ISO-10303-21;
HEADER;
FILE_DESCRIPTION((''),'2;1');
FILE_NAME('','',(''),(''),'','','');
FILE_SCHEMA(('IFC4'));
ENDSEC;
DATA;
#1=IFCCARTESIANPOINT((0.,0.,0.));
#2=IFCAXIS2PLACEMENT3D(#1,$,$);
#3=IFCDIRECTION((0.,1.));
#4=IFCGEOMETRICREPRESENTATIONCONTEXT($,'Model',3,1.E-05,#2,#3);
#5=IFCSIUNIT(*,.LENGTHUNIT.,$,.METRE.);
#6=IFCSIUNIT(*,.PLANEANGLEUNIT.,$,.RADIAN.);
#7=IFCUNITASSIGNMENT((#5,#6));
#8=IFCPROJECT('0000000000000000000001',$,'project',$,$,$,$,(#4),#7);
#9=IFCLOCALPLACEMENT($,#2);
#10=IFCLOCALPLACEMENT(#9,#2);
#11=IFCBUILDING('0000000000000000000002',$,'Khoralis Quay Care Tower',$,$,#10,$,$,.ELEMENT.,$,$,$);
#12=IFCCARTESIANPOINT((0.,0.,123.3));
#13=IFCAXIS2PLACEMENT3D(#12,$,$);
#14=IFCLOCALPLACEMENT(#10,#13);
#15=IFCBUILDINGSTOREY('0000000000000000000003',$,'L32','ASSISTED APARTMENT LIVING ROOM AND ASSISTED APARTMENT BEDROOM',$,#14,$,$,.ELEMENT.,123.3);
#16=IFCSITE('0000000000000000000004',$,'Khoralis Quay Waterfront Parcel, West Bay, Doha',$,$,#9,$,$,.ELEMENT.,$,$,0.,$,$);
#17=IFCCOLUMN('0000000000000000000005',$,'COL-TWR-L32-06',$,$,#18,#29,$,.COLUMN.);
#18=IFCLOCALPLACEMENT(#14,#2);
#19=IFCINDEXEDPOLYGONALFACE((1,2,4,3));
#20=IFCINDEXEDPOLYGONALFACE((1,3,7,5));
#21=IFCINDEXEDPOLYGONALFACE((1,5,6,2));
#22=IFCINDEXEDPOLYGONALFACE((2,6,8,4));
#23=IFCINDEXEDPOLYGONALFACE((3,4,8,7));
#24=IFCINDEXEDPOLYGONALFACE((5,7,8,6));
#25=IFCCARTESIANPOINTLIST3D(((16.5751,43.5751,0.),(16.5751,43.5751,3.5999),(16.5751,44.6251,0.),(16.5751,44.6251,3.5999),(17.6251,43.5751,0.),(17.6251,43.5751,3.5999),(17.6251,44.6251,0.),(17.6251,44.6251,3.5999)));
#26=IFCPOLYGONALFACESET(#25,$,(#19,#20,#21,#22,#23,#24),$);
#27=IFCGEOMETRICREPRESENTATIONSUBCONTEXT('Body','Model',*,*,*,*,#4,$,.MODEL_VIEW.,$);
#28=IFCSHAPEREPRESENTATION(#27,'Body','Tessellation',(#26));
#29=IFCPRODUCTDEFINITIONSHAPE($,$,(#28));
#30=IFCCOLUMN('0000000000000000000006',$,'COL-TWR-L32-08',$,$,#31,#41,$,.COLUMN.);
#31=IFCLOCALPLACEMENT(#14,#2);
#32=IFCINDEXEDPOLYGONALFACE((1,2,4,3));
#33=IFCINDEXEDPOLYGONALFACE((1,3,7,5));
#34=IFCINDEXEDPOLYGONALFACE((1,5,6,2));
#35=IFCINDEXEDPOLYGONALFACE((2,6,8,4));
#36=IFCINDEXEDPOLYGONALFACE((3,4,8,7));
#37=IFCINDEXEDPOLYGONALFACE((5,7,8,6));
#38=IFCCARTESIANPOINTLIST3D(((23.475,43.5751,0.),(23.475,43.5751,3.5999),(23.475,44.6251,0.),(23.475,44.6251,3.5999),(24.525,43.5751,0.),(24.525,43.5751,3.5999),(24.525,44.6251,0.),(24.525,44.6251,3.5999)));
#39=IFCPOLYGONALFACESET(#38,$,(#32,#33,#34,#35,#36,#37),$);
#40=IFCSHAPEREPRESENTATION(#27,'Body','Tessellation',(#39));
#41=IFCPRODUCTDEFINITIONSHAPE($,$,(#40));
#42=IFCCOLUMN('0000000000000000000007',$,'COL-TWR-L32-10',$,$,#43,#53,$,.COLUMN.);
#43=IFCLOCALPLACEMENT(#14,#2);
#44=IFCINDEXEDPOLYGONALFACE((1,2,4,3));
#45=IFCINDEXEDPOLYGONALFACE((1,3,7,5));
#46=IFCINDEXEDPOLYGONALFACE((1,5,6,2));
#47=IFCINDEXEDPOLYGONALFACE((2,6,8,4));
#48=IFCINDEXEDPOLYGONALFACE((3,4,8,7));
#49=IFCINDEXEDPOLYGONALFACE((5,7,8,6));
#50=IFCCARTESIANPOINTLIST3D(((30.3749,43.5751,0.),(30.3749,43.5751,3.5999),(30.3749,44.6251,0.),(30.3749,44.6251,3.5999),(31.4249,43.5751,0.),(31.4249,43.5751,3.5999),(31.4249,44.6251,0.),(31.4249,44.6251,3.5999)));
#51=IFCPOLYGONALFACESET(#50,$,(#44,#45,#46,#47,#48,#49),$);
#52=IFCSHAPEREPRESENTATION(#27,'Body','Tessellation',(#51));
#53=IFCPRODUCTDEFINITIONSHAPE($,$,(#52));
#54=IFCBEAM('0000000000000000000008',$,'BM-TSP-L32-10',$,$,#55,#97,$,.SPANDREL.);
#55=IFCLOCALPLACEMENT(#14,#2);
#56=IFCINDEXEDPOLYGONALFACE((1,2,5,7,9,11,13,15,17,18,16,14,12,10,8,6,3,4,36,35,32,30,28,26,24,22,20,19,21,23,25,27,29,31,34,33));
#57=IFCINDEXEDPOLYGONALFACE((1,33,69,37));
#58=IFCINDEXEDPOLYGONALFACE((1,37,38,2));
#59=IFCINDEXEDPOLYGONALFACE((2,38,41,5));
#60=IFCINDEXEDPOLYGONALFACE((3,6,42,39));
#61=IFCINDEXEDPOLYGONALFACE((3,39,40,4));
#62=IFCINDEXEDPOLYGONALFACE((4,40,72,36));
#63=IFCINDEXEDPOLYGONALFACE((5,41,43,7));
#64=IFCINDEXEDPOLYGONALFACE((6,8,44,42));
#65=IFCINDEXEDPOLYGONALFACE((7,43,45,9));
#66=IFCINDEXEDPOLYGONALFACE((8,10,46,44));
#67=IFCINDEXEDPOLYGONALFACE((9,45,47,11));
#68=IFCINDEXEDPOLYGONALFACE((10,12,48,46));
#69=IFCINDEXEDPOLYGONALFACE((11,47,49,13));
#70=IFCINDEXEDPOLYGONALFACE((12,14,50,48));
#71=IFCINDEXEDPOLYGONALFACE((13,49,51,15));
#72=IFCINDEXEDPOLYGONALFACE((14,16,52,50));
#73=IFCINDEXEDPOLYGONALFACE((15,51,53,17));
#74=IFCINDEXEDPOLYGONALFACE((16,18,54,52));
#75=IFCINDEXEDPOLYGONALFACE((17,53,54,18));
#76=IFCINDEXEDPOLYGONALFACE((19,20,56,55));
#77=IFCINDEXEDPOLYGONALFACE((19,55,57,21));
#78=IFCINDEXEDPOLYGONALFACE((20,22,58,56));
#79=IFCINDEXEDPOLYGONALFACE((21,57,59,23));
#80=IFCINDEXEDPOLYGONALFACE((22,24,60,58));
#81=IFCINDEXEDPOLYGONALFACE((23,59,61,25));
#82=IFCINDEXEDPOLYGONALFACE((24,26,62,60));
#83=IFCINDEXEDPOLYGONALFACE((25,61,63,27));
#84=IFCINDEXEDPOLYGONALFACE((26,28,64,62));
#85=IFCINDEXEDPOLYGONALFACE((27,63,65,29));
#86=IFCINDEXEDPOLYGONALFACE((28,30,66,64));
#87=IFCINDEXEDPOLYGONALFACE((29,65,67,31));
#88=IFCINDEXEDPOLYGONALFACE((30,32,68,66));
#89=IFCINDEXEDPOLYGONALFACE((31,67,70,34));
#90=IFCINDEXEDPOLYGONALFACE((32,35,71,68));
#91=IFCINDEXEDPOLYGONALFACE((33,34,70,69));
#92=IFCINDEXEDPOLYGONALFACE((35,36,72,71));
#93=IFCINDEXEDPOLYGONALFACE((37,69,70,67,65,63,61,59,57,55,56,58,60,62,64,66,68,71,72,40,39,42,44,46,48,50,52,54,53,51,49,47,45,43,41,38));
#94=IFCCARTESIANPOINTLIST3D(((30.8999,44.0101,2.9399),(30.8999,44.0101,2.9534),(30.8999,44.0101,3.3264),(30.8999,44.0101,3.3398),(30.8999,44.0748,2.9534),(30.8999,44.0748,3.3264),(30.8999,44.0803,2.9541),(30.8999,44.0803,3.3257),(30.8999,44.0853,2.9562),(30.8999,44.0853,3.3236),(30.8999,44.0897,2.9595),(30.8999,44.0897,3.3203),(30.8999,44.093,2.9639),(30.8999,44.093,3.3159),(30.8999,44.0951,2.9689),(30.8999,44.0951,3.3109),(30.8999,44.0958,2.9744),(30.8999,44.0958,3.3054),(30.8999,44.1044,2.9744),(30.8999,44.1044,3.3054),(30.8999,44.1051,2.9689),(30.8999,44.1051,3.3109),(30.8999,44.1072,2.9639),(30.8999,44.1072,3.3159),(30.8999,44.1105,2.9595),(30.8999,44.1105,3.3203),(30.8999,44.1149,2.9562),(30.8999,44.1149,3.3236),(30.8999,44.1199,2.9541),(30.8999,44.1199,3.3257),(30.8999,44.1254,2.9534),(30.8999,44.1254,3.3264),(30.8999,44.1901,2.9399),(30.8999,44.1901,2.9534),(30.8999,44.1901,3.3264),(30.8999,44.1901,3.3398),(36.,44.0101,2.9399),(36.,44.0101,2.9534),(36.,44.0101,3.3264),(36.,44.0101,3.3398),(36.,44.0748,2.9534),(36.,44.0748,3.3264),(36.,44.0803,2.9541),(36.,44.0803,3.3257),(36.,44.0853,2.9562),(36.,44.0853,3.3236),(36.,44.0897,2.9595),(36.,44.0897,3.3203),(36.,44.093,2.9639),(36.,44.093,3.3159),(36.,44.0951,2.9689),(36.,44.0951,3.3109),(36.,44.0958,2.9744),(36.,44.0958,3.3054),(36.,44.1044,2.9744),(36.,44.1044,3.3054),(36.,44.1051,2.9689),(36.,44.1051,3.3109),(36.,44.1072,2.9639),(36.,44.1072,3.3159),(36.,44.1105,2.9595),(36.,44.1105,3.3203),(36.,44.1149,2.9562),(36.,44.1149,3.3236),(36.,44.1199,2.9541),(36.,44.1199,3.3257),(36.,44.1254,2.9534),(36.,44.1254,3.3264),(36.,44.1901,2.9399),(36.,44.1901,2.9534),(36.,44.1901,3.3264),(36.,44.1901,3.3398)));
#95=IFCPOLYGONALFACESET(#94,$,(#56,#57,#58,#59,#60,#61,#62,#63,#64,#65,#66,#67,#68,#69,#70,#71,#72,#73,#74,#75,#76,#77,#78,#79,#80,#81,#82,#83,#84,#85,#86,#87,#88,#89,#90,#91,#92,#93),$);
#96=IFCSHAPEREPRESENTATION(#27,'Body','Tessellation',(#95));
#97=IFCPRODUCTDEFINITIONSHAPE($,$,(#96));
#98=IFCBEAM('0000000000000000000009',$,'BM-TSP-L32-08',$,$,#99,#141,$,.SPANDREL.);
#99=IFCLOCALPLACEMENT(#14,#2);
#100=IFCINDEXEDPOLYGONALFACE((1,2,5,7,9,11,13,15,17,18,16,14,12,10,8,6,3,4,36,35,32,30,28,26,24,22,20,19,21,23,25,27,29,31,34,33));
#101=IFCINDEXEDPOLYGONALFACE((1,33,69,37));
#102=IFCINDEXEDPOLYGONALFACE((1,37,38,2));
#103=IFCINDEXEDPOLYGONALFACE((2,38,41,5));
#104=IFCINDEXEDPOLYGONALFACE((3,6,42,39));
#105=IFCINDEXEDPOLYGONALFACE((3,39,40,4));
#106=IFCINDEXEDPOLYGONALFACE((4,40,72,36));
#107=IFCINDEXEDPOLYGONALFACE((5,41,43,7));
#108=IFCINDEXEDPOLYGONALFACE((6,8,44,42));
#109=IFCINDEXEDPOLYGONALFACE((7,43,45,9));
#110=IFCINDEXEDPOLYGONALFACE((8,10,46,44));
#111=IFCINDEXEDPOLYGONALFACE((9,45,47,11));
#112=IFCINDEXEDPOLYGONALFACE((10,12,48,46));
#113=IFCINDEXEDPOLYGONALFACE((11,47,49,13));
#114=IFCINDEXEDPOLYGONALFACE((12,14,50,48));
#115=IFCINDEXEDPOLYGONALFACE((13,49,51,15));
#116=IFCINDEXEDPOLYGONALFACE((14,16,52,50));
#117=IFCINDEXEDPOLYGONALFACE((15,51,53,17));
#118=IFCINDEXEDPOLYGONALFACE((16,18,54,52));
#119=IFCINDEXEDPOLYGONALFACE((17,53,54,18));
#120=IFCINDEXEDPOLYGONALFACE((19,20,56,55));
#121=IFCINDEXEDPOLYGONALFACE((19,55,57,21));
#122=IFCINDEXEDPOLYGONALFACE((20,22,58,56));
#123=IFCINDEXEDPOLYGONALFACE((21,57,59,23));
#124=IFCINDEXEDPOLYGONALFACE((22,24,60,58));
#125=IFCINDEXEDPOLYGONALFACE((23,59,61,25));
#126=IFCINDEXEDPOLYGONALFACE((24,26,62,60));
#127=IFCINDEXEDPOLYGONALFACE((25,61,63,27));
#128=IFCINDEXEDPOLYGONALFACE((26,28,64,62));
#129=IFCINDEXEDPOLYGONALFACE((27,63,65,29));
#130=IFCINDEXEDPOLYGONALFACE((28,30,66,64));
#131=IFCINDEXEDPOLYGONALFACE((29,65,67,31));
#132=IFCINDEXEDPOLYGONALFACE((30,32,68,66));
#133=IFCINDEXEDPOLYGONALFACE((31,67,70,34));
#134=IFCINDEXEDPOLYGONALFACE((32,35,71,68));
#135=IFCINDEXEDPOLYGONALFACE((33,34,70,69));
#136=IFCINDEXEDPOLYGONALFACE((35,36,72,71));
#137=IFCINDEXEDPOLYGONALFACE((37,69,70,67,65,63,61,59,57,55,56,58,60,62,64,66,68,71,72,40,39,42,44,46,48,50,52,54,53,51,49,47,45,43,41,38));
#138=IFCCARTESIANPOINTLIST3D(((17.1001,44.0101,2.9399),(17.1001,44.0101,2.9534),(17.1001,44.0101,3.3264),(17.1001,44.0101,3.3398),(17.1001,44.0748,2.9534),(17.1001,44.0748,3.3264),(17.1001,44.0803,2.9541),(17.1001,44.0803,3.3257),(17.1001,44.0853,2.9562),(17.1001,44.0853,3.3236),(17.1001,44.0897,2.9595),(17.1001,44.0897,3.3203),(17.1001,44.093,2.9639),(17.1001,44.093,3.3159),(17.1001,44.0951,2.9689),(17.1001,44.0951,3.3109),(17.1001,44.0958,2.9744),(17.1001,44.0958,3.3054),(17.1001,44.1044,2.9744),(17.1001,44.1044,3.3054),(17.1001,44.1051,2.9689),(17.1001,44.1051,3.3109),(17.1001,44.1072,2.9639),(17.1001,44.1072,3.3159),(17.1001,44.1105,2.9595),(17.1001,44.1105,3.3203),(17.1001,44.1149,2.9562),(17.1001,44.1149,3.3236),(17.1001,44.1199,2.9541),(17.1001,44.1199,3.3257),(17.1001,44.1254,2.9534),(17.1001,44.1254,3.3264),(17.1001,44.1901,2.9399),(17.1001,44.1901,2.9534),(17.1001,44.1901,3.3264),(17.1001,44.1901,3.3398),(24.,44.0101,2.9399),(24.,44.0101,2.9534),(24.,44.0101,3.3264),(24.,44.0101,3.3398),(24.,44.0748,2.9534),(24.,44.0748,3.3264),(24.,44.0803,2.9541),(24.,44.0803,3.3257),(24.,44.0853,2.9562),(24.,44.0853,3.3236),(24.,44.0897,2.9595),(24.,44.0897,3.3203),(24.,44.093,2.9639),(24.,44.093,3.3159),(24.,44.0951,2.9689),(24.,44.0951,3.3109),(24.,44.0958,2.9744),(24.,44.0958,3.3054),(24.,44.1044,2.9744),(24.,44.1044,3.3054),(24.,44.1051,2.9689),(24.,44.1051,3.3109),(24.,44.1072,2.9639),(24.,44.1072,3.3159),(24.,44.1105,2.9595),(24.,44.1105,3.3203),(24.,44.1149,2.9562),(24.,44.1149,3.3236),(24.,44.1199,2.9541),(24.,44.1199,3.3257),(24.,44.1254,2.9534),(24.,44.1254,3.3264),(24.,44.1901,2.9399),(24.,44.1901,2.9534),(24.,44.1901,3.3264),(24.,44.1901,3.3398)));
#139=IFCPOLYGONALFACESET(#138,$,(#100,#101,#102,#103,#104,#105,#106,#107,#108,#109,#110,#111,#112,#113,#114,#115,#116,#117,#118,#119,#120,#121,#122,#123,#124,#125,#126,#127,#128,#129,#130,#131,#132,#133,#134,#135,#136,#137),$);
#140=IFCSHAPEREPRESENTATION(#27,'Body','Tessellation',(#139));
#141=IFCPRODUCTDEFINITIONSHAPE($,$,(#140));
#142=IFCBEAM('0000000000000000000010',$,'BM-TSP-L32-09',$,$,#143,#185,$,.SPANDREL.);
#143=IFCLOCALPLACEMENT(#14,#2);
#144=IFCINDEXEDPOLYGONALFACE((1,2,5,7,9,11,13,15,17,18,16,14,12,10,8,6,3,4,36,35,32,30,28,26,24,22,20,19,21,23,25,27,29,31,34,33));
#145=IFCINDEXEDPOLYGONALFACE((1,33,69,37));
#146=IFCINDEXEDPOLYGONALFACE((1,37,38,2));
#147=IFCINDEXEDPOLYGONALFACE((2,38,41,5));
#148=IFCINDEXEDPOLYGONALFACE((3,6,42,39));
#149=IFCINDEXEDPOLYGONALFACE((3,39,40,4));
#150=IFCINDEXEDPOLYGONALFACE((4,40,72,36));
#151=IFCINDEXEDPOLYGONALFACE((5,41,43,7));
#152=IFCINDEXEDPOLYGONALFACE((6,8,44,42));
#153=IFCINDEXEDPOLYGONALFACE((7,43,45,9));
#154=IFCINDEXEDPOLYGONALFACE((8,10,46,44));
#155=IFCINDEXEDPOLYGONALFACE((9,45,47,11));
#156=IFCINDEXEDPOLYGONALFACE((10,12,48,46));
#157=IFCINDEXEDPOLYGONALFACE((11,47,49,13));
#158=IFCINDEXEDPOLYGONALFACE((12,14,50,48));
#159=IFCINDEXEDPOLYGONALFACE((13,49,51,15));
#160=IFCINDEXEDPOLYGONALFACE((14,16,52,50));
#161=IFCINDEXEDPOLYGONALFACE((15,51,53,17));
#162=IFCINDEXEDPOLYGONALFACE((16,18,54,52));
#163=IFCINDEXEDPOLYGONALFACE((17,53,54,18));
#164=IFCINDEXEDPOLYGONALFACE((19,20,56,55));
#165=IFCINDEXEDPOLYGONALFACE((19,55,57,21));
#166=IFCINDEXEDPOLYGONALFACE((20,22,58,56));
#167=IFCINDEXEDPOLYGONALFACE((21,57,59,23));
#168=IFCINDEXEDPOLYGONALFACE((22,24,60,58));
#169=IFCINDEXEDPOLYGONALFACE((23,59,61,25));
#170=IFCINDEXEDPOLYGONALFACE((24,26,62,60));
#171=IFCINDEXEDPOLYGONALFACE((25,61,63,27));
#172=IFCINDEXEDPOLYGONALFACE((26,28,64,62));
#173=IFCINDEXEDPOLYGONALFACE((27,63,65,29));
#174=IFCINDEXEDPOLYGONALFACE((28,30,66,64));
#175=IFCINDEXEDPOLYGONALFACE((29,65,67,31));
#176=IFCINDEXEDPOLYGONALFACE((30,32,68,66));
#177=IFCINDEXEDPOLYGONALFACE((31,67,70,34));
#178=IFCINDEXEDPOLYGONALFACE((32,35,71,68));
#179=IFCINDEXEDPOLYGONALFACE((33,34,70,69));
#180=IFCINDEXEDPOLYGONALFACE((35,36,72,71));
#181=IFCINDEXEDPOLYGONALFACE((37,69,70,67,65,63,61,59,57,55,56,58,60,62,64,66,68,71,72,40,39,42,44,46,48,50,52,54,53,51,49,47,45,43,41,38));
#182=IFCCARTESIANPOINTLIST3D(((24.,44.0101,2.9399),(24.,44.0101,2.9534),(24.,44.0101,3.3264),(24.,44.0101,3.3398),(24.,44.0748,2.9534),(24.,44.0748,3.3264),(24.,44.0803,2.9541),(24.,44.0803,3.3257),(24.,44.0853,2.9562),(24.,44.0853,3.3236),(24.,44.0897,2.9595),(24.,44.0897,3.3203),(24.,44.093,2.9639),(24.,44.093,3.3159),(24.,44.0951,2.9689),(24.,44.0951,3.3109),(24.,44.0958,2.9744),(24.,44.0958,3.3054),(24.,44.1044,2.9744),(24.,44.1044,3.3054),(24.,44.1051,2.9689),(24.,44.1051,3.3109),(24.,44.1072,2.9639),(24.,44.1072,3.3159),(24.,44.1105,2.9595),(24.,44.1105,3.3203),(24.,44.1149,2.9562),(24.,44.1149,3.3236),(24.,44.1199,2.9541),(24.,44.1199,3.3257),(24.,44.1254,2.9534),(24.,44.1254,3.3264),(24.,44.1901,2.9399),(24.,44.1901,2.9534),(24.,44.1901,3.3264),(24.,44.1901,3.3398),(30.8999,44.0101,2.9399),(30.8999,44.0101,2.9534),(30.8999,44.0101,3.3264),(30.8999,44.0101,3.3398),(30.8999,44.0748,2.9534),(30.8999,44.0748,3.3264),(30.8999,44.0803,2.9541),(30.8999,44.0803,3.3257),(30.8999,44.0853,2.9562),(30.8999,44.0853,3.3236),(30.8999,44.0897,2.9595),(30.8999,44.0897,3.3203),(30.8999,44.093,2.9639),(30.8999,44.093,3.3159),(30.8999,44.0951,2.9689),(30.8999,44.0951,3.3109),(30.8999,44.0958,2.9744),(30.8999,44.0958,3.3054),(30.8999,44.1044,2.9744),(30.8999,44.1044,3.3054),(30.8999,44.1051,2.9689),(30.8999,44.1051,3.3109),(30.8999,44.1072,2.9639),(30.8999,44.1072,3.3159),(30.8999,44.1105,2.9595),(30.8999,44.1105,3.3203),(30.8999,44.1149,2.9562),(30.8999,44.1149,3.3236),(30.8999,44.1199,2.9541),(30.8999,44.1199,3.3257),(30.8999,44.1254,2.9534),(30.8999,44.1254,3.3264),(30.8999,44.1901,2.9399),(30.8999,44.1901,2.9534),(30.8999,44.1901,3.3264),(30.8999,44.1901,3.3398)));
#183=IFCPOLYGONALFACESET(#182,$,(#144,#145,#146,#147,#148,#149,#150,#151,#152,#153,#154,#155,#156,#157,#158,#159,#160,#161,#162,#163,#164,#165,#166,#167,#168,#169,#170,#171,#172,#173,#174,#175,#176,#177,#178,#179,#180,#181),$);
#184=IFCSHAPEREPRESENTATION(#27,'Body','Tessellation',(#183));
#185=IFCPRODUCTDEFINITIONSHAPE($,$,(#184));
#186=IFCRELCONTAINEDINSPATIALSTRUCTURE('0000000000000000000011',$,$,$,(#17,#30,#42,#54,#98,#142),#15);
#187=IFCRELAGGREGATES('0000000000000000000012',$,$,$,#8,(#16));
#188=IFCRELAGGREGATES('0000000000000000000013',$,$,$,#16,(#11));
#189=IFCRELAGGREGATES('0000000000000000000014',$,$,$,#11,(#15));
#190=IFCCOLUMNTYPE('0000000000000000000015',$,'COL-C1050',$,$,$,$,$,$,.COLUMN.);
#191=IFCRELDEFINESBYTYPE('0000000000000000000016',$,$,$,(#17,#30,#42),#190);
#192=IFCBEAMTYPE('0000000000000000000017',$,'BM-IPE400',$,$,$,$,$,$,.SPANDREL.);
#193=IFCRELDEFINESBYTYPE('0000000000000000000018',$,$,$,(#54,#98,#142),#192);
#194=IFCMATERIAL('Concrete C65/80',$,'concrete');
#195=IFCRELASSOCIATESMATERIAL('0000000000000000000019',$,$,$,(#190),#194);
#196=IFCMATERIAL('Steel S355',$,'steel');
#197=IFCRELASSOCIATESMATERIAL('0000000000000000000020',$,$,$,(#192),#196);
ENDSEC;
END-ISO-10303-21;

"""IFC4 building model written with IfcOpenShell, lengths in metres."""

from ifc_helpers import new_model, si_unit, direction, frame, origin, origin_2d, place, context, subcontext, project, spatial, rectangle, i_section, extrude, source, transform, mapped, material, material_profile, profile_set, type_object, element, save


model = new_model("IFC4")

# Units and contexts
model_context = context("Model", 3, precision=1e-05, world=origin(), true_north=direction((0.0, 1.0)))
body_context = subcontext(model_context, "Body", "Model", "MODEL_VIEW")
ifc_project = project(units=[si_unit("LENGTHUNIT", "METRE"), si_unit("PLANEANGLEUNIT", "RADIAN")], contexts=[model_context])

# Site, building, storey
site_placement = place(None, origin())
site = spatial("IfcSite", under=ifc_project, at=site_placement, Name="Khoralis Quay Waterfront Parcel, West Bay, Doha", CompositionType="ELEMENT", RefElevation=0.0)
building_placement = place(site_placement, origin())
building = spatial("IfcBuilding", under=site, at=building_placement, Name="Khoralis Quay Care Tower", CompositionType="ELEMENT")
storey_placement = place(building_placement, frame((0.0, 0.0, 123.3)))
storey = spatial("IfcBuildingStorey", under=building, at=storey_placement, Name="L32", Description="ASSISTED APARTMENT LIVING ROOM AND ASSISTED APARTMENT BEDROOM", CompositionType="ELEMENT", Elevation=123.3)

# Columns
ifc_material_1 = material(Name="Concrete C65/80", Category="concrete")
ifc_material_profile_1 = material_profile(ifc_material_1, rectangle(XDim=1.05, YDim=1.05, at=origin_2d()), Name="Concrete C65/80")
ifc_profile_set_1 = profile_set([ifc_material_profile_1], Name="Concrete C65/80")
column_type = type_object("IfcColumnType", Name="COL-C1050", PredefinedType="COLUMN", material=ifc_profile_set_1)
shared_shape_1 = source(origin(), body_context, "Body", "SweptSolid", [
    extrude(rectangle(XDim=1.05, YDim=1.05, at=origin_2d()), origin(), (0.0, 0.0, 1.0), 3.5999),
])
for number, where, z_axis, x_axis, name in (
    (1, (17.1001, 44.1001, 0.0), (0.0, 0.0, 1.0), (1.0, 0.0, 0.0), "COL-TWR-L32-06"),
    (2, (24.0, 44.1001, 0.0), (0.0, 0.0, 1.0), (1.0, 0.0, 0.0), "COL-TWR-L32-08"),
    (3, (30.8999, 44.1001, 0.0), (0.0, 0.0, 1.0), (1.0, 0.0, 0.0), "COL-TWR-L32-10"),
):
    element("IfcColumn", number, at=place(storey_placement, frame(where, z_axis=z_axis, x_axis=x_axis)), inside=storey, type_object=column_type, Name=name, PredefinedType="COLUMN", context=body_context, shape_type="MappedRepresentation", body=[
        mapped(shared_shape_1, transform((0.0, 0.0, 0.0), scale=1.0)),
    ])

# Beams
ifc_material_2 = material(Name="Steel S355", Category="steel")
ifc_material_profile_2 = material_profile(ifc_material_2, i_section(OverallWidth=0.1799, OverallDepth=0.3999, WebThickness=0.0085, FlangeThickness=0.0134, FilletRadius=0.021, at=origin_2d()), Name="Steel S355")
ifc_profile_set_2 = profile_set([ifc_material_profile_2], Name="Steel S355")
beam_type_1 = type_object("IfcBeamType", Name="BM-IPE400", PredefinedType="SPANDREL", material=ifc_profile_set_2)
shared_shape_2 = source(origin(), body_context, "Body", "SweptSolid", [
    extrude(i_section(OverallWidth=0.1799, OverallDepth=0.3999, WebThickness=0.0085, FlangeThickness=0.0134, FilletRadius=0.021, at=origin_2d()), origin(), (0.0, 0.0, 1.0), 5.1001),
])
beam_1_placement = place(storey_placement, frame((30.8999, 44.1001, 3.1399), z_axis=(1.0, 0.0, 0.0), x_axis=(0.0, 1.0, 0.0)))
element("IfcBeam", 4, at=beam_1_placement, inside=storey, type_object=beam_type_1, Name="BM-TSP-L32-10", PredefinedType="SPANDREL", context=body_context, shape_type="MappedRepresentation", body=[
    mapped(shared_shape_2, transform((0.0, 0.0, 0.0), scale=1.0)),
])
shared_shape_3 = source(origin(), body_context, "Body", "SweptSolid", [
    extrude(i_section(OverallWidth=0.1799, OverallDepth=0.3999, WebThickness=0.0085, FlangeThickness=0.0134, FilletRadius=0.021, at=origin_2d()), origin(), (0.0, 0.0, 1.0), 6.8999),
])
for number, where, z_axis, x_axis, name in (
    (5, (17.1001, 44.1001, 3.1399), (1.0, 0.0, 0.0), (0.0, 1.0, 0.0), "BM-TSP-L32-08"),
    (6, (24.0, 44.1001, 3.1399), (1.0, 0.0, 0.0), (0.0, 1.0, 0.0), "BM-TSP-L32-09"),
):
    element("IfcBeam", number, at=place(storey_placement, frame(where, z_axis=z_axis, x_axis=x_axis)), inside=storey, type_object=beam_type_1, Name=name, PredefinedType="SPANDREL", context=body_context, shape_type="MappedRepresentation", body=[
        mapped(shared_shape_3, transform((0.0, 0.0, 0.0), scale=1.0)),
    ])

save(model, "model.ifc")
